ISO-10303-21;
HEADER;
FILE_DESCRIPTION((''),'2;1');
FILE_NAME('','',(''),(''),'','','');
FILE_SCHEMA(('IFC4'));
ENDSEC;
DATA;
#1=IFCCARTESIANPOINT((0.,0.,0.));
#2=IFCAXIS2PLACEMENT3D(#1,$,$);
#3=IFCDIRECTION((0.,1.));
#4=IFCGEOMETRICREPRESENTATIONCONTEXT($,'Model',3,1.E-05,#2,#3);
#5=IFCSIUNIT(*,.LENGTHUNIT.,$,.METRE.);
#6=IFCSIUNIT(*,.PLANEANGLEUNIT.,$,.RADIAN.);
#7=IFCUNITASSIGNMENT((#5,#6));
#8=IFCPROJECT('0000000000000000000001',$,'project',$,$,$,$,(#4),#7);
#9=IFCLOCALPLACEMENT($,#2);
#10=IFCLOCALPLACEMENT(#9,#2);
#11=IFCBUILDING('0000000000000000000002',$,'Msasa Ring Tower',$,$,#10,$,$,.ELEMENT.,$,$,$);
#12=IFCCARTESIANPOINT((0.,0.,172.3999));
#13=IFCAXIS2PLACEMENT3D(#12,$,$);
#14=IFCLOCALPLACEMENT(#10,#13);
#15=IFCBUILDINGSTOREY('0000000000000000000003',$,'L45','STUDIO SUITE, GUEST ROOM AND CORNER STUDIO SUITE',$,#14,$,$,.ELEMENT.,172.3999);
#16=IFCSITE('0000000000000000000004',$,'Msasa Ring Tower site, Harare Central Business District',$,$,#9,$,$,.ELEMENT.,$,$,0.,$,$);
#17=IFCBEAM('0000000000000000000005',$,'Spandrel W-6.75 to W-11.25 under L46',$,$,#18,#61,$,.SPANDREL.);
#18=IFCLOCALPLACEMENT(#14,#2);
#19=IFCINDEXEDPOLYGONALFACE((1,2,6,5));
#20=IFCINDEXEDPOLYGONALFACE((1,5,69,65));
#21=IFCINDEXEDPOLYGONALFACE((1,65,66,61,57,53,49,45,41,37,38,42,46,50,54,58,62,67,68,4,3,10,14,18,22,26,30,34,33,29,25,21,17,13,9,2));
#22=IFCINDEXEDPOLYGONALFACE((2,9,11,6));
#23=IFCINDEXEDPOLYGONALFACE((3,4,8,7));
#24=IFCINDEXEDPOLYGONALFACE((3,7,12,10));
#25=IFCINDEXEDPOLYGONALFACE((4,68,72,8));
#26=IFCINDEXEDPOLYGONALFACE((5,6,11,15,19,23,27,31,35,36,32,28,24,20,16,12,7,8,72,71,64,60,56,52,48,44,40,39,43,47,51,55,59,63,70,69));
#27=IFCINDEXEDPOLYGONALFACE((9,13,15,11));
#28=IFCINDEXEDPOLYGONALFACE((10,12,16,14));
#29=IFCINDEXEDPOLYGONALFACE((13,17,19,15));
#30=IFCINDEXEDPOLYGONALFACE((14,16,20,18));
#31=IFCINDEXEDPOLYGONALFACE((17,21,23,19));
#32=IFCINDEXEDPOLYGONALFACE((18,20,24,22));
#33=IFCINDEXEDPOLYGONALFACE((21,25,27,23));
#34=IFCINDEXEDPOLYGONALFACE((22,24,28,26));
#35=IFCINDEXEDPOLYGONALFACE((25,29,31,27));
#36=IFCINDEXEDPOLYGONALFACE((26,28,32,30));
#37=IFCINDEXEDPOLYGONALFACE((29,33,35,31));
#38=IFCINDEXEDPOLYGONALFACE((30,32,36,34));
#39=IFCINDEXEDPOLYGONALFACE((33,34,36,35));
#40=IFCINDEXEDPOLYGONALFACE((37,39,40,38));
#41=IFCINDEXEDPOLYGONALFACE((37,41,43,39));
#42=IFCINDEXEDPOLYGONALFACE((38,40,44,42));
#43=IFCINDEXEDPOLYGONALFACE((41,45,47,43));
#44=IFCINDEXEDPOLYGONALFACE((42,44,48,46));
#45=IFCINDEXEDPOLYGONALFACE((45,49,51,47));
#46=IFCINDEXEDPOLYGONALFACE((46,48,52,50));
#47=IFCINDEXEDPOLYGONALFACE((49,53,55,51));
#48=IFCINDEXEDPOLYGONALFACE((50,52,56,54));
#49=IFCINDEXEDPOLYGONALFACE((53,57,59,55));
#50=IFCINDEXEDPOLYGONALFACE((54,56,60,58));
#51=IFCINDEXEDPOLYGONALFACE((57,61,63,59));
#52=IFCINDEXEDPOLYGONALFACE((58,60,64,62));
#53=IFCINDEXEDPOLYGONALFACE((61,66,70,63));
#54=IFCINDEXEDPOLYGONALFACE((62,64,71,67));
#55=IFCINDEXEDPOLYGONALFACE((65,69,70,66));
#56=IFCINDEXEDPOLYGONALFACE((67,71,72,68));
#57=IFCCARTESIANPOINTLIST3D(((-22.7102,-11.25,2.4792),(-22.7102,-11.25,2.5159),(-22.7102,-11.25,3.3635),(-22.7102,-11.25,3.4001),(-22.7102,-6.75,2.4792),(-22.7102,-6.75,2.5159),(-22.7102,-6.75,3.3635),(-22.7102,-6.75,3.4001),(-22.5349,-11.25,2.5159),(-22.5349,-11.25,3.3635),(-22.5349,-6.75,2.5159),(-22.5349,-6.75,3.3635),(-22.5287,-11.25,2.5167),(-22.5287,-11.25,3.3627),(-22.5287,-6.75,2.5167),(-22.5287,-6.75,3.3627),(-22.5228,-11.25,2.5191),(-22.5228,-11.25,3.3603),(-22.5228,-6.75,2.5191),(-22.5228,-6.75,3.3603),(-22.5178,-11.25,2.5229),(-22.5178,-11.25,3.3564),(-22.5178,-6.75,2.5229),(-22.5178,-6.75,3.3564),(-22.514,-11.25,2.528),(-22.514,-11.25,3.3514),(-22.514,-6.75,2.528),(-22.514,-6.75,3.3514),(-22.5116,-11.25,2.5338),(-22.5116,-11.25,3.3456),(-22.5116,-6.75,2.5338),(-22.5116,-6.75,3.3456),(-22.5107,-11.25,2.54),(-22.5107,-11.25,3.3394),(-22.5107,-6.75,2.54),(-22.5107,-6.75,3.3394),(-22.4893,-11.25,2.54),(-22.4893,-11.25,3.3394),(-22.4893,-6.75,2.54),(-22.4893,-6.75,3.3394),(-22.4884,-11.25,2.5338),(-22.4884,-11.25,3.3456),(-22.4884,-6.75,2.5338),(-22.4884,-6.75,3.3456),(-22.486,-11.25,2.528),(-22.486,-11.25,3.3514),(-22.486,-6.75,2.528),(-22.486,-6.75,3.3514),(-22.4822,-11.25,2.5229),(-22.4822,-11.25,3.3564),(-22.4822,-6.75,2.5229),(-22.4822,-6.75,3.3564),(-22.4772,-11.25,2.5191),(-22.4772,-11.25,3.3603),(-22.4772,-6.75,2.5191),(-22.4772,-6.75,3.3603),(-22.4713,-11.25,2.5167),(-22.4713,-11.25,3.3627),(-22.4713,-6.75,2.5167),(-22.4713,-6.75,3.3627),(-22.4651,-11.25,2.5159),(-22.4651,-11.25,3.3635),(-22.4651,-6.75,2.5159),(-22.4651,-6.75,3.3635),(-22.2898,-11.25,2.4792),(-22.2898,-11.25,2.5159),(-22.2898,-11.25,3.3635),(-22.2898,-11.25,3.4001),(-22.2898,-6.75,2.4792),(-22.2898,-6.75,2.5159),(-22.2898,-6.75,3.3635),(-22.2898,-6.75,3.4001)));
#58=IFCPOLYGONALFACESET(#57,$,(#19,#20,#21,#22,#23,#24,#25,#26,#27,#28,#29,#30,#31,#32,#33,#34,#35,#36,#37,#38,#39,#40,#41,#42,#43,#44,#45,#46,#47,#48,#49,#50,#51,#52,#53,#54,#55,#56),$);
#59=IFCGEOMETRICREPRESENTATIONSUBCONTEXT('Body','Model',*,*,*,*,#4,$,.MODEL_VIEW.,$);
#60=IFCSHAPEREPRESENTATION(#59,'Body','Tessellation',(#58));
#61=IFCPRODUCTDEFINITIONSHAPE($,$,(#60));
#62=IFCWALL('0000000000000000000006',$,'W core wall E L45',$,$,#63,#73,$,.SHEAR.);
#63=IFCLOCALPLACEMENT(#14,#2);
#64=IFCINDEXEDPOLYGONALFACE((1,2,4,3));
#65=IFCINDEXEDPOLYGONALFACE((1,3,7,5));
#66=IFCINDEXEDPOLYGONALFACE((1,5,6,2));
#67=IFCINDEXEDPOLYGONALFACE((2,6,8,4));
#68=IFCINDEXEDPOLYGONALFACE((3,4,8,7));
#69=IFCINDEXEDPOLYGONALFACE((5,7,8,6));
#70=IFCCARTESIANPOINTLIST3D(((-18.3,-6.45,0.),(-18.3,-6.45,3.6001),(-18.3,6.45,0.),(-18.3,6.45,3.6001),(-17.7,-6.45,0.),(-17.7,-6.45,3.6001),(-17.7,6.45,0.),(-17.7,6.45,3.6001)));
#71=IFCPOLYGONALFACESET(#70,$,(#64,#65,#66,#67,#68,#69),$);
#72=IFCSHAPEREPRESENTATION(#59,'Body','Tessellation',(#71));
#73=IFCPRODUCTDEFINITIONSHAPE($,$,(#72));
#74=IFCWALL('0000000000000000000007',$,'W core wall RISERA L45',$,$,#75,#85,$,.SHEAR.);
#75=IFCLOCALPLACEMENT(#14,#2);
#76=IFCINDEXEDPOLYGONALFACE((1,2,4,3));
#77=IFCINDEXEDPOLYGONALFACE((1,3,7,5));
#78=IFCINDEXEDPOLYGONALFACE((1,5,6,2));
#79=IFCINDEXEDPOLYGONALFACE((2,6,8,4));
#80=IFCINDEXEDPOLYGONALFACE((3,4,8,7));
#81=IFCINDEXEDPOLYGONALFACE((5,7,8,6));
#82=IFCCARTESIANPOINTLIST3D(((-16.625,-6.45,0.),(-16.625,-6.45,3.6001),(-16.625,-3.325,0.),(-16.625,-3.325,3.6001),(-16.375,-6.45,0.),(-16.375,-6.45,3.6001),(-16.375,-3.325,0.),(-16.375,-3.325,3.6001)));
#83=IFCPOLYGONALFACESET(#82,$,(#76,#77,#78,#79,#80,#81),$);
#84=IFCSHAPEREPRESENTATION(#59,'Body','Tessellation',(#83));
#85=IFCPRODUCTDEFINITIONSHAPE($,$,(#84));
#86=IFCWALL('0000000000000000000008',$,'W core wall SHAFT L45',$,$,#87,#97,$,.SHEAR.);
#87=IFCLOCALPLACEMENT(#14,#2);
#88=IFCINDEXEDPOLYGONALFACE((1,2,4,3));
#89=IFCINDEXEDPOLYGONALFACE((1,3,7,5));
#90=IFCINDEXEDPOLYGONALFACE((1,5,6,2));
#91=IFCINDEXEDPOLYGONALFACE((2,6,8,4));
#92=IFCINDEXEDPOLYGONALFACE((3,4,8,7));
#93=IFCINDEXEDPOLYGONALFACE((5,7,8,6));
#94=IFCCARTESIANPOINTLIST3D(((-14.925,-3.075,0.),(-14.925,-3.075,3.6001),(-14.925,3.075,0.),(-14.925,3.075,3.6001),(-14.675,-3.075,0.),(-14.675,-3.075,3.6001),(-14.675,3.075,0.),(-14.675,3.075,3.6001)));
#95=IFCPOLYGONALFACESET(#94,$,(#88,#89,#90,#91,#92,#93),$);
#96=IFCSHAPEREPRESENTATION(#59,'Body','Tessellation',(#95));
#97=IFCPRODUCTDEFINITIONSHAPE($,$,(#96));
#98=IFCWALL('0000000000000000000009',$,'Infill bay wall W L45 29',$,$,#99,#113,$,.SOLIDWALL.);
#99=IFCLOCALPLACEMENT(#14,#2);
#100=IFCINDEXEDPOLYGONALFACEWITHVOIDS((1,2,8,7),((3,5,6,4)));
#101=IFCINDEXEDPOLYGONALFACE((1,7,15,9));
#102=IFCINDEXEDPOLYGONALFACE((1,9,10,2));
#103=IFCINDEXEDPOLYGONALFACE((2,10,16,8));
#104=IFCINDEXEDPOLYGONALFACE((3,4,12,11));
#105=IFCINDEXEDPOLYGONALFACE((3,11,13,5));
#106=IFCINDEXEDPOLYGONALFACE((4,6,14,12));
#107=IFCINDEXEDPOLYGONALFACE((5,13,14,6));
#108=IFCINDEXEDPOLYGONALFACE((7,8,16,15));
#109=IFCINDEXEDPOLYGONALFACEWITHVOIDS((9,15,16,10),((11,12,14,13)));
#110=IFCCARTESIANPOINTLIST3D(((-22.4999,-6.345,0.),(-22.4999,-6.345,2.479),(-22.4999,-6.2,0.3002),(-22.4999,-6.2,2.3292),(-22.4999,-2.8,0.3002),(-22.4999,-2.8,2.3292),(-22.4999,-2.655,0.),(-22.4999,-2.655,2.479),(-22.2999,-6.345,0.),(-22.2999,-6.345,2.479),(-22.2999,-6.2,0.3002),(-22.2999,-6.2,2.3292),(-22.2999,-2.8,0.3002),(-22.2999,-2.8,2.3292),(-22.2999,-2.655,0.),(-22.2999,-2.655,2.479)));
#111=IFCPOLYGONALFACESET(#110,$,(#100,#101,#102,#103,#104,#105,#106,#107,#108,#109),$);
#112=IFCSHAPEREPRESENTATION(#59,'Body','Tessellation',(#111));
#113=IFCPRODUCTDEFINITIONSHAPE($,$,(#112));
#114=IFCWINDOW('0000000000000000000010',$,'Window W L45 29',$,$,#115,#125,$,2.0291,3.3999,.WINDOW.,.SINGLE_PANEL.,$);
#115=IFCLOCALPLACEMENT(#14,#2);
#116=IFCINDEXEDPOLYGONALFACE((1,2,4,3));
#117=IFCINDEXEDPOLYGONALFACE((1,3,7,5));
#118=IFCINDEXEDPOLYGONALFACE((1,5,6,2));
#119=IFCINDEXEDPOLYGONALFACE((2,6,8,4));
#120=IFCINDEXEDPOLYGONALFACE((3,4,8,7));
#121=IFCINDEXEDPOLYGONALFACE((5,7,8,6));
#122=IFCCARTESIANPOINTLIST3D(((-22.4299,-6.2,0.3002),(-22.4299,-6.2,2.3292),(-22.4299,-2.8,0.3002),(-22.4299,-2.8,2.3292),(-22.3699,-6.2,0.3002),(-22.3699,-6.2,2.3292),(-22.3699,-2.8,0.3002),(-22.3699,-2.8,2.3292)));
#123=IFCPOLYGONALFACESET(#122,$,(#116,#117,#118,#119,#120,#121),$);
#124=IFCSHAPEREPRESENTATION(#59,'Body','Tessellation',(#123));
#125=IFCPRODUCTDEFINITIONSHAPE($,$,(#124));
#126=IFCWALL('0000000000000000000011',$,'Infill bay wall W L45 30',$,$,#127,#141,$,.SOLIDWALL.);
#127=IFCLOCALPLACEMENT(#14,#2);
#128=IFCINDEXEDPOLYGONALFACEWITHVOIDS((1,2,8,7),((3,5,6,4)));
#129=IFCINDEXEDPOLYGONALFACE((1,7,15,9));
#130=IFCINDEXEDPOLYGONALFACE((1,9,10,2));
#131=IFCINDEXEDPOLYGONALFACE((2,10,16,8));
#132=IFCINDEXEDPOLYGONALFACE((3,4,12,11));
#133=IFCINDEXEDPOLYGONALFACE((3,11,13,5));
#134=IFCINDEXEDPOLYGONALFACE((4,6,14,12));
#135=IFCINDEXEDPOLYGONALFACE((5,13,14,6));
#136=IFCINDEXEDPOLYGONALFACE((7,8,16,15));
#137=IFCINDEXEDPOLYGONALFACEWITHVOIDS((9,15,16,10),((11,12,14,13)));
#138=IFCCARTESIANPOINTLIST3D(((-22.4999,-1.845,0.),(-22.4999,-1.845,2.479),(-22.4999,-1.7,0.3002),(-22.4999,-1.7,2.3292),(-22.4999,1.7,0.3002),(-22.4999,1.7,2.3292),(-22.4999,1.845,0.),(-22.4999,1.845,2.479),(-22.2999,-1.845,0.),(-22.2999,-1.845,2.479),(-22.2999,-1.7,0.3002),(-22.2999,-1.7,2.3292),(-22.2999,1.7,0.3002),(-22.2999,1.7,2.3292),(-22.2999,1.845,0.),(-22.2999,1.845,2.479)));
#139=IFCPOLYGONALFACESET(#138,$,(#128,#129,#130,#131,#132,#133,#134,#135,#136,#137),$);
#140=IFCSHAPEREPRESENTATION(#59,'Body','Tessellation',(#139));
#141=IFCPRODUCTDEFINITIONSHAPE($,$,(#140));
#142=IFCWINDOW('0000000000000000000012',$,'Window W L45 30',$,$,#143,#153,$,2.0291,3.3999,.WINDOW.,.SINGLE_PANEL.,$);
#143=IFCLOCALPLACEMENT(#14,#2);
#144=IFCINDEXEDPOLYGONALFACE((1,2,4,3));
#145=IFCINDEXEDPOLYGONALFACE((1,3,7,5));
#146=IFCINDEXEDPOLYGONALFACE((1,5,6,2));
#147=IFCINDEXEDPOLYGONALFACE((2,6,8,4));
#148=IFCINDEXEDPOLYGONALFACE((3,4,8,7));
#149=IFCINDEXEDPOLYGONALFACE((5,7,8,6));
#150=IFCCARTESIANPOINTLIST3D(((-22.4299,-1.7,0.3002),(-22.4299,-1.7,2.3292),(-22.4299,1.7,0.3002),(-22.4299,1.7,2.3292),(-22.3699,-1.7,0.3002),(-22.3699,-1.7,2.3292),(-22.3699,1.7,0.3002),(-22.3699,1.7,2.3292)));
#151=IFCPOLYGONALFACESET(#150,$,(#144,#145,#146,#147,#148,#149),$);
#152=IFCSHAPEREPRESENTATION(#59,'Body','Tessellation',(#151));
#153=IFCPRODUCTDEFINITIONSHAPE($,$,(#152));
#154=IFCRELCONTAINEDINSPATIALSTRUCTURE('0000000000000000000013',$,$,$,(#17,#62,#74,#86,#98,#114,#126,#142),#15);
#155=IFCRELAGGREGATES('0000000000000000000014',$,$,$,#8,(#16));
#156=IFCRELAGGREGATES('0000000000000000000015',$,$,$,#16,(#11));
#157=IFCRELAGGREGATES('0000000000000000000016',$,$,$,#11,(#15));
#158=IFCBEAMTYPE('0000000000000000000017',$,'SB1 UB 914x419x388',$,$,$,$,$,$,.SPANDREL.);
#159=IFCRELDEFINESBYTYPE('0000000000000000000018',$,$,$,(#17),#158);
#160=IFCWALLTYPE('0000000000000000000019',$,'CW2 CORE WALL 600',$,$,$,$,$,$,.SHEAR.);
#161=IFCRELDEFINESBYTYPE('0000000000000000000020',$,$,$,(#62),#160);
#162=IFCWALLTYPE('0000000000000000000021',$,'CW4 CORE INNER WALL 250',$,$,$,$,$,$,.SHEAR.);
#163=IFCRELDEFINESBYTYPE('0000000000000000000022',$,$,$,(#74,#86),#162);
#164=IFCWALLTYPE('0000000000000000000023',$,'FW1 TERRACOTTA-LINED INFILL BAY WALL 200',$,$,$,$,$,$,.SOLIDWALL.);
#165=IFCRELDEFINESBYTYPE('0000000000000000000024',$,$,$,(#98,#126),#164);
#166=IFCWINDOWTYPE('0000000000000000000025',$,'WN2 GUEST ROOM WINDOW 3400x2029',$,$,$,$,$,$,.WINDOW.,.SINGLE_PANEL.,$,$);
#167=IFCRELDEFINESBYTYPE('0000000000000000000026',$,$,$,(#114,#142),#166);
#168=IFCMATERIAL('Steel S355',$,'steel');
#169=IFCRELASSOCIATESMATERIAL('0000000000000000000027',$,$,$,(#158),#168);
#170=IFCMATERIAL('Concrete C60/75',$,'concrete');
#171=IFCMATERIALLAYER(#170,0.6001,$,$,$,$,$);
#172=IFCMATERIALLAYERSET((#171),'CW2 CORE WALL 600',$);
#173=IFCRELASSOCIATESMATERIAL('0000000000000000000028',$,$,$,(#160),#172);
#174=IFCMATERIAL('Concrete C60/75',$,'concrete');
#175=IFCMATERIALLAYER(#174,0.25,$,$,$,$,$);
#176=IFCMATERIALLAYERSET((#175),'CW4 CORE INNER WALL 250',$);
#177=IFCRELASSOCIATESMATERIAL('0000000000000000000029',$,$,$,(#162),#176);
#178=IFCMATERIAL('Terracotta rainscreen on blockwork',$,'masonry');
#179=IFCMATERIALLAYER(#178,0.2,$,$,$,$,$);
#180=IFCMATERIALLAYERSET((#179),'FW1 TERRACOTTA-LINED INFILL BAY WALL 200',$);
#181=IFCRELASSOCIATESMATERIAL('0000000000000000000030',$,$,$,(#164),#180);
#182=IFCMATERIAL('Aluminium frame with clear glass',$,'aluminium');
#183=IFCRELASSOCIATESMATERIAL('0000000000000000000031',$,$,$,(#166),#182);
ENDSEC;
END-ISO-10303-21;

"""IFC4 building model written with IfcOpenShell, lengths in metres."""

from ifc_helpers import new_model, si_unit, direction, frame, frame_2d, origin, origin_2d, place, context, subcontext, project, spatial, rectangle, i_section, extrude, material, layer, layer_set, material_profile, profile_set, type_object, element, fill, save


model = new_model("IFC4")

# Units and contexts
model_context = context("Model", 3, precision=1e-05, world=origin(), true_north=direction((0.0, 1.0)))
body_context = subcontext(model_context, "Body", "Model", "MODEL_VIEW")
ifc_project = project(units=[si_unit("LENGTHUNIT", "METRE"), si_unit("PLANEANGLEUNIT", "RADIAN")], contexts=[model_context])

# Site, building, storey
site_placement = place(None, origin())
site = spatial("IfcSite", under=ifc_project, at=site_placement, Name="Msasa Ring Tower site, Harare Central Business District", CompositionType="ELEMENT", RefElevation=0.0)
building_placement = place(site_placement, origin())
building = spatial("IfcBuilding", under=site, at=building_placement, Name="Msasa Ring Tower", CompositionType="ELEMENT")
storey_placement = place(building_placement, frame((0.0, 0.0, 172.3999)))
storey = spatial("IfcBuildingStorey", under=building, at=storey_placement, Name="L45", Description="STUDIO SUITE, GUEST ROOM AND CORNER STUDIO SUITE", CompositionType="ELEMENT", Elevation=172.3999)

# Beam
ifc_material_1 = material(Name="Steel S355", Category="steel")
ifc_material_profile_1 = material_profile(ifc_material_1, i_section(OverallWidth=0.4204, OverallDepth=0.9209, WebThickness=0.0215, FlangeThickness=0.0366, FilletRadius=0.0242, at=origin_2d()), Name="UB 914x419x388")
ifc_profile_set_1 = profile_set([ifc_material_profile_1], Name="Steel S355")
beam_type_1 = type_object("IfcBeamType", Name="SB1 UB 914x419x388", PredefinedType="SPANDREL", material=ifc_profile_set_1)
for number, where, z_axis, x_axis, name in (
    (1, (-22.5, -6.75, 2.9397), (0.0, -1.0, 0.0), (1.0, 0.0, 0.0), "Spandrel W-6.75 to W-11.25 under L46"),
):
    element("IfcBeam", number, at=place(storey_placement, frame(where, z_axis=z_axis, x_axis=x_axis)), inside=storey, type_object=beam_type_1, Name=name, PredefinedType="SPANDREL", context=body_context, shape_type="SweptSolid", body=[
        extrude(i_section(OverallWidth=0.4204, OverallDepth=0.9209, WebThickness=0.0215, FlangeThickness=0.0366, FilletRadius=0.0242, at=origin_2d()), origin(), (0.0, 0.0, 1.0), 4.5),
    ])

# Walls
ifc_material_2 = material(Name="Concrete C60/75", Category="concrete")
ifc_layer_1 = layer(ifc_material_2, 0.6001)
ifc_layer_set_1 = layer_set([ifc_layer_1], Name="CW2 CORE WALL 600")
wall_type_1 = type_object("IfcWallType", Name="CW2 CORE WALL 600", PredefinedType="SHEAR", material=ifc_layer_set_1)
wall_1_placement = place(storey_placement, frame((-18.0, -6.45, 0.0), z_axis=(0.0, 0.0, 1.0), x_axis=(0.0, 1.0, 0.0)))
element("IfcWall", 2, at=wall_1_placement, inside=storey, type_object=wall_type_1, Name="W core wall E L45", PredefinedType="SHEAR", context=body_context, shape_type="SweptSolid", body=[
    extrude(rectangle(XDim=12.8999, YDim=0.6001, at=frame_2d((6.45, 0.0))), origin(), (0.0, 0.0, 1.0), 3.6001),
])
ifc_material_3 = material(Name="Concrete C60/75", Category="concrete")
ifc_layer_2 = layer(ifc_material_3, 0.25)
ifc_layer_set_2 = layer_set([ifc_layer_2], Name="CW4 CORE INNER WALL 250")
wall_type_2 = type_object("IfcWallType", Name="CW4 CORE INNER WALL 250", PredefinedType="SHEAR", material=ifc_layer_set_2)
wall_2_placement = place(storey_placement, frame((-16.5, -6.45, 0.0), z_axis=(0.0, 0.0, 1.0), x_axis=(0.0, 1.0, 0.0)))
element("IfcWall", 3, at=wall_2_placement, inside=storey, type_object=wall_type_2, Name="W core wall RISERA L45", PredefinedType="SHEAR", context=body_context, shape_type="SweptSolid", body=[
    extrude(rectangle(XDim=3.125, YDim=0.25, at=frame_2d((1.5625, 0.0))), origin(), (0.0, 0.0, 1.0), 3.6001),
])
wall_3_placement = place(storey_placement, frame((-14.8, -3.075, 0.0), z_axis=(0.0, 0.0, 1.0), x_axis=(0.0, 1.0, 0.0)))
element("IfcWall", 4, at=wall_3_placement, inside=storey, type_object=wall_type_2, Name="W core wall SHAFT L45", PredefinedType="SHEAR", context=body_context, shape_type="SweptSolid", body=[
    extrude(rectangle(XDim=6.1499, YDim=0.25, at=frame_2d((3.075, 0.0))), origin(), (0.0, 0.0, 1.0), 3.6001),
])

# Walls, openings, windows
ifc_material_4 = material(Name="Terracotta rainscreen on blockwork", Category="masonry")
ifc_layer_3 = layer(ifc_material_4, 0.2)
ifc_layer_set_3 = layer_set([ifc_layer_3], Name="FW1 TERRACOTTA-LINED INFILL BAY WALL 200")
wall_type_3 = type_object("IfcWallType", Name="FW1 TERRACOTTA-LINED INFILL BAY WALL 200", PredefinedType="SOLIDWALL", material=ifc_layer_set_3)
wall_4_placement = place(storey_placement, frame((-22.3999, -6.345, 0.0), z_axis=(0.0, 0.0, 1.0), x_axis=(0.0, 1.0, 0.0)))
wall_4 = element("IfcWall", 5, at=wall_4_placement, inside=storey, type_object=wall_type_3, Name="Infill bay wall W L45 29", PredefinedType="SOLIDWALL", context=body_context, shape_type="SweptSolid", body=[
    extrude(rectangle(XDim=3.6899, YDim=0.2, at=frame_2d((1.845, 0.0))), origin(), (0.0, 0.0, 1.0), 2.479),
])
opening_1_placement = place(wall_4_placement, frame((0.145, 0.0, 0.3)))
opening_1 = element("IfcOpeningElement", 6, at=opening_1_placement, cuts=wall_4, PredefinedType="OPENING", context=body_context, shape_type="SweptSolid", body=[
    extrude(rectangle(XDim=3.3999, YDim=2.0291, at=frame_2d((1.7, 1.0146))), frame((0.0, 0.1099, 0.0), z_axis=(0.0, -1.0, 0.0), x_axis=(1.0, 0.0, 0.0)), (0.0, 0.0, 1.0), 0.22),
])
ifc_material_5 = material(Name="Aluminium frame with clear glass", Category="aluminium")
window_type = type_object("IfcWindowType", Name="WN2 GUEST ROOM WINDOW 3400x2029", PartitioningType="SINGLE_PANEL", PredefinedType="WINDOW", material=ifc_material_5)
window_1_placement = place(opening_1_placement, origin())
window_1 = element("IfcWindow", 7, at=window_1_placement, inside=storey, type_object=window_type, Name="Window W L45 29", OverallHeight=2.0291, OverallWidth=3.3999, PartitioningType="SINGLE_PANEL", PredefinedType="WINDOW", context=body_context, shape_type="SweptSolid", body=[
    extrude(rectangle(XDim=3.3999, YDim=2.0291, at=frame_2d((1.7, 1.0146))), frame((0.0, 0.03, 0.0), z_axis=(0.0, -1.0, 0.0), x_axis=(1.0, 0.0, 0.0)), (0.0, 0.0, 1.0), 0.0601),
])
fill(opening_1, window_1)
wall_5_placement = place(storey_placement, frame((-22.3999, -1.845, 0.0), z_axis=(0.0, 0.0, 1.0), x_axis=(0.0, 1.0, 0.0)))
wall_5 = element("IfcWall", 8, at=wall_5_placement, inside=storey, type_object=wall_type_3, Name="Infill bay wall W L45 30", PredefinedType="SOLIDWALL", context=body_context, shape_type="SweptSolid", body=[
    extrude(rectangle(XDim=3.6899, YDim=0.2, at=frame_2d((1.845, 0.0))), origin(), (0.0, 0.0, 1.0), 2.479),
])
opening_2_placement = place(wall_5_placement, frame((0.145, 0.0, 0.3)))
opening_2 = element("IfcOpeningElement", 9, at=opening_2_placement, cuts=wall_5, PredefinedType="OPENING", context=body_context, shape_type="SweptSolid", body=[
    extrude(rectangle(XDim=3.3999, YDim=2.0291, at=frame_2d((1.7, 1.0146))), frame((0.0, 0.1099, 0.0), z_axis=(0.0, -1.0, 0.0), x_axis=(1.0, 0.0, 0.0)), (0.0, 0.0, 1.0), 0.22),
])
window_2_placement = place(opening_2_placement, origin())
window_2 = element("IfcWindow", 10, at=window_2_placement, inside=storey, type_object=window_type, Name="Window W L45 30", OverallHeight=2.0291, OverallWidth=3.3999, PartitioningType="SINGLE_PANEL", PredefinedType="WINDOW", context=body_context, shape_type="SweptSolid", body=[
    extrude(rectangle(XDim=3.3999, YDim=2.0291, at=frame_2d((1.7, 1.0146))), frame((0.0, 0.03, 0.0), z_axis=(0.0, -1.0, 0.0), x_axis=(1.0, 0.0, 0.0)), (0.0, 0.0, 1.0), 0.0601),
])
fill(opening_2, window_2)

save(model, "model.ifc")
